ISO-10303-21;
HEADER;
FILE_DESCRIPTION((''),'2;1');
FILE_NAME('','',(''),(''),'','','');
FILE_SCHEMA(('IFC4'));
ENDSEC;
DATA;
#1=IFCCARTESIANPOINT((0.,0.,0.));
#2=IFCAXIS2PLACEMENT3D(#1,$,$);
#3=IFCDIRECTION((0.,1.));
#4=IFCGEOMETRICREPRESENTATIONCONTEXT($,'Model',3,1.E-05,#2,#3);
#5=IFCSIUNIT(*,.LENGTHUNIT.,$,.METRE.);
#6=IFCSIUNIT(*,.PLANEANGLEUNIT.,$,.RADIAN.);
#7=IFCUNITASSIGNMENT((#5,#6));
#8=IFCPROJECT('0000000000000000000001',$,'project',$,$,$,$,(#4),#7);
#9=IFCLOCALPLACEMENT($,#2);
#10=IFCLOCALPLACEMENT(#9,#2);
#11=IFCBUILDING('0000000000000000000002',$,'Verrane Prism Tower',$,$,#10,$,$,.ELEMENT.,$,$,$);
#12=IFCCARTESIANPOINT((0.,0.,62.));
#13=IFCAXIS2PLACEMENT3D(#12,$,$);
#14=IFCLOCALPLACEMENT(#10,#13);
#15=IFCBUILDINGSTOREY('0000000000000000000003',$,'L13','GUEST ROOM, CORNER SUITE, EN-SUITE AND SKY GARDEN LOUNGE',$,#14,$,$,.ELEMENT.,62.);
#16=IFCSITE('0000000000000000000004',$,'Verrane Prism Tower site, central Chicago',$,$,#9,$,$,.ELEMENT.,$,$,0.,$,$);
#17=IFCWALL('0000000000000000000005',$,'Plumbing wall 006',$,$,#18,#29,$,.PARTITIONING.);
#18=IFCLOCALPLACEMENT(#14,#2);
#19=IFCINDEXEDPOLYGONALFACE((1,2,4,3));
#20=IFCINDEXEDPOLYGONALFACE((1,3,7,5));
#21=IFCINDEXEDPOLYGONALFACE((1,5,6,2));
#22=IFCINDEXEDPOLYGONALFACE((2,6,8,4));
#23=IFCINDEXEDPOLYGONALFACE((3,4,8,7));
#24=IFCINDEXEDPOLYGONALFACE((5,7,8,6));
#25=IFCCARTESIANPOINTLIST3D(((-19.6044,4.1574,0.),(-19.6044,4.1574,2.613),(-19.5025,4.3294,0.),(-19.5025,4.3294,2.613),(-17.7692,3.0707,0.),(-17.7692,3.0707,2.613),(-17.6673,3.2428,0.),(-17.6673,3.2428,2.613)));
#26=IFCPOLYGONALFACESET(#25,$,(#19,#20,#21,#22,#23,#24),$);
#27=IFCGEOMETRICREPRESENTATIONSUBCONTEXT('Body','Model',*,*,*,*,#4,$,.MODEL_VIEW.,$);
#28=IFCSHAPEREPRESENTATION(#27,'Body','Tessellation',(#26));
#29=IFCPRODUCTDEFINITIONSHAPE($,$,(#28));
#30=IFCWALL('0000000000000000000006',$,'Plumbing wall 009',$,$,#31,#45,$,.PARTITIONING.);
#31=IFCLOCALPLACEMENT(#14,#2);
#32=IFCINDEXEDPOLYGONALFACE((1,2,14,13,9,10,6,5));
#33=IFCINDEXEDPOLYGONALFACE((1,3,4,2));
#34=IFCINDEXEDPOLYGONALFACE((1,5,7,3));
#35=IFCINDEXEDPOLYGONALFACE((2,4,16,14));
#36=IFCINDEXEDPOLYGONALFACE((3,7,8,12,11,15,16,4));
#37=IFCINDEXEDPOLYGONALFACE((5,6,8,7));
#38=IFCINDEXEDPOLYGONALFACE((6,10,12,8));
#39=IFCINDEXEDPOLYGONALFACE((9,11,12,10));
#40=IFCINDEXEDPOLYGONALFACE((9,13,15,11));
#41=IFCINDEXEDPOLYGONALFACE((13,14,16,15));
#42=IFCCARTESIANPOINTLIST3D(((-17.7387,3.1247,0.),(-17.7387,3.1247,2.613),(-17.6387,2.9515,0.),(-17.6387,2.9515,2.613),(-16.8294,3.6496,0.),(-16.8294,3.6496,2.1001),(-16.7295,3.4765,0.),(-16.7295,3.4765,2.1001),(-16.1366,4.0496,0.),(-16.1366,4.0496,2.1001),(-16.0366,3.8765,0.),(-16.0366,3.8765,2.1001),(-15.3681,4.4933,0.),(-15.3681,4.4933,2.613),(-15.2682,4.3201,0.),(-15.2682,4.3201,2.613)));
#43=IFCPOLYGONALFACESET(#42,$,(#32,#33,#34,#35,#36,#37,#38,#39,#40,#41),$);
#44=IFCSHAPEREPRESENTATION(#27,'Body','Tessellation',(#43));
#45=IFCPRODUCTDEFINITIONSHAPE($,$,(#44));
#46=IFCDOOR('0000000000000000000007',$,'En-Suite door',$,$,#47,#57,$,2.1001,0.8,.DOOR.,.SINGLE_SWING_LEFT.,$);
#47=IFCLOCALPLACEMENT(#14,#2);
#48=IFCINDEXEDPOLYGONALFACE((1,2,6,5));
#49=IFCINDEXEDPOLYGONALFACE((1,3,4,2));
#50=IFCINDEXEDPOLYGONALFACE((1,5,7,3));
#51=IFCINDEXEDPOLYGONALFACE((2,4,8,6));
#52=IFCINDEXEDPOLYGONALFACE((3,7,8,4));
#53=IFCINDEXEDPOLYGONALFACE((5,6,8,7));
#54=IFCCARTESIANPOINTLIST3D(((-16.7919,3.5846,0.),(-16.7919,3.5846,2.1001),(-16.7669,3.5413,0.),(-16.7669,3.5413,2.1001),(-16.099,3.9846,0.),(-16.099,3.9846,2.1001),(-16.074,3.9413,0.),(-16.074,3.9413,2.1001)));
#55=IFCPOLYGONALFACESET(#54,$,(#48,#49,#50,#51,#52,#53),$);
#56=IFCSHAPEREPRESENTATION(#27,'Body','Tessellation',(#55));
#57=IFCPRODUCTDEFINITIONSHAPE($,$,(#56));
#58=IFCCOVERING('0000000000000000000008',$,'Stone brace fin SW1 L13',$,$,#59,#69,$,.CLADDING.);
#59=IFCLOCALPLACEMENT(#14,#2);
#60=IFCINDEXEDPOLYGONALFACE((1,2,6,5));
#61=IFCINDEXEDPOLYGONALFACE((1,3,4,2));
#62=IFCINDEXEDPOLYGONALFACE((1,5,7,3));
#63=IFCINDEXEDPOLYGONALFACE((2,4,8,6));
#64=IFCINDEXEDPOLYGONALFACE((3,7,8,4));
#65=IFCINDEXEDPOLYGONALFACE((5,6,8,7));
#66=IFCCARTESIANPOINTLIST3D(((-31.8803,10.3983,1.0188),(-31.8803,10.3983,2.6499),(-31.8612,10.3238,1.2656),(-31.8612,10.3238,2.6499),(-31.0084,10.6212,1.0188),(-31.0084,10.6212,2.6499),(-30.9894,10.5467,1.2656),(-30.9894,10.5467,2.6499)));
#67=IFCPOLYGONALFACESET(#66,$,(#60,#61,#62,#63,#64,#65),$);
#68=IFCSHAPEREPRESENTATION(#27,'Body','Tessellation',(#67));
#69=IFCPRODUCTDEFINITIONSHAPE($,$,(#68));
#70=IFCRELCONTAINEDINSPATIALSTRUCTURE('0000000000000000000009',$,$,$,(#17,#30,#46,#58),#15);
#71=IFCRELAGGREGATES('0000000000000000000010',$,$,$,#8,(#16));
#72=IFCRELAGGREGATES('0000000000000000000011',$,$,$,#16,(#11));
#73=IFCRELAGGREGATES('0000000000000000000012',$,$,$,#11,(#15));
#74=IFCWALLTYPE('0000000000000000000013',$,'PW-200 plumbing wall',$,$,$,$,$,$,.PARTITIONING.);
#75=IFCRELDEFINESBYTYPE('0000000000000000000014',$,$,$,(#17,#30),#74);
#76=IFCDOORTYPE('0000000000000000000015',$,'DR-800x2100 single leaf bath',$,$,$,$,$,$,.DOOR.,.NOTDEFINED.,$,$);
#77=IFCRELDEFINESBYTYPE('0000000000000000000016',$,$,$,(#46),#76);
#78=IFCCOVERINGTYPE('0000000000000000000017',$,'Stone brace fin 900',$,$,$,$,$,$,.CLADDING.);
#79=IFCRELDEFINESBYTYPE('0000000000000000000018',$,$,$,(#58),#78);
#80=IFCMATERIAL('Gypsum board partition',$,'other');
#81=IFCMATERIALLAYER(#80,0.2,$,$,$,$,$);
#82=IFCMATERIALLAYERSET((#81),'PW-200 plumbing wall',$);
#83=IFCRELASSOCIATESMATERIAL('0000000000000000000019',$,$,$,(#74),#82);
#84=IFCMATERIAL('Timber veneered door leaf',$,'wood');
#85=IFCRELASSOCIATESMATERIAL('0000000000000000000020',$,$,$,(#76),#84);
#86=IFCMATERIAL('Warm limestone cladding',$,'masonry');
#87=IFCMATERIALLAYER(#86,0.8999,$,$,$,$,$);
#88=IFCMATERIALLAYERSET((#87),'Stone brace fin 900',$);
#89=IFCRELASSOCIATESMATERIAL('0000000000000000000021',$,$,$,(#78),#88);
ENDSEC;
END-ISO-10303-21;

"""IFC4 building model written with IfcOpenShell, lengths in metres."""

from ifc_helpers import new_model, si_unit, direction, frame, frame_2d, origin, place, context, subcontext, project, spatial, polyline, rectangle, outline, extrude, material, layer, layer_set, type_object, element, fill, save


model = new_model("IFC4")

# Units and contexts
model_context = context("Model", 3, precision=1e-05, world=origin(), true_north=direction((0.0, 1.0)))
body_context = subcontext(model_context, "Body", "Model", "MODEL_VIEW")
ifc_project = project(units=[si_unit("LENGTHUNIT", "METRE"), si_unit("PLANEANGLEUNIT", "RADIAN")], contexts=[model_context])

# Site, building, storey
site_placement = place(None, origin())
site = spatial("IfcSite", under=ifc_project, at=site_placement, Name="Verrane Prism Tower site, central Chicago", CompositionType="ELEMENT", RefElevation=0.0)
building_placement = place(site_placement, origin())
building = spatial("IfcBuilding", under=site, at=building_placement, Name="Verrane Prism Tower", CompositionType="ELEMENT")
storey_placement = place(building_placement, frame((0.0, 0.0, 62.0)))
storey = spatial("IfcBuildingStorey", under=building, at=storey_placement, Name="L13", Description="GUEST ROOM, CORNER SUITE, EN-SUITE AND SKY GARDEN LOUNGE", CompositionType="ELEMENT", Elevation=62.0)

# Wall
ifc_material_1 = material(Name="Gypsum board partition", Category="other")
ifc_layer_1 = layer(ifc_material_1, 0.2)
ifc_layer_set_1 = layer_set([ifc_layer_1], Name="PW-200 plumbing wall")
wall_type_1 = type_object("IfcWallType", Name="PW-200 plumbing wall", PredefinedType="PARTITIONING", material=ifc_layer_set_1)
wall_1_placement = place(storey_placement, frame((-19.5535, 4.2434, 0.0), z_axis=(0.0, 0.0, 1.0), x_axis=(0.860468, -0.509504, 0.0)))
element("IfcWall", 1, at=wall_1_placement, inside=storey, type_object=wall_type_1, Name="Plumbing wall 006", PredefinedType="PARTITIONING", context=body_context, shape_type="SweptSolid", body=[
    extrude(rectangle(XDim=2.1328, YDim=0.2, at=frame_2d((1.0664, 0.0))), origin(), (0.0, 0.0, 1.0), 2.613),
])

# Wall, opening, door
wall_2_placement = place(storey_placement, frame((-17.6887, 3.0381, 0.0), z_axis=(0.0, 0.0, 1.0), x_axis=(0.866028, 0.499995, 0.0)))
wall_2 = element("IfcWall", 2, at=wall_2_placement, inside=storey, type_object=wall_type_1, Name="Plumbing wall 009", PredefinedType="PARTITIONING", context=body_context, shape_type="SweptSolid", body=[
    extrude(rectangle(XDim=2.7373, YDim=0.2, at=frame_2d((1.3687, 0.0))), origin(), (0.0, 0.0, 1.0), 2.613),
])
opening_1_placement = place(wall_2_placement, frame((1.05, 0.0, 0.0)))
opening_1 = element("IfcOpeningElement", 3, at=opening_1_placement, cuts=wall_2, PredefinedType="OPENING", context=body_context, shape_type="SweptSolid", body=[
    extrude(rectangle(XDim=0.8, YDim=2.1001, at=frame_2d((0.3999, 1.05))), frame((0.0, 0.1099, 0.0), z_axis=(0.0, -1.0, 0.0), x_axis=(1.0, 0.0, 0.0)), (0.0, 0.0, 1.0), 0.22),
])
ifc_material_2 = material(Name="Timber veneered door leaf", Category="wood")
door_type_1 = type_object("IfcDoorType", Name="DR-800x2100 single leaf bath", OperationType="NOTDEFINED", PredefinedType="DOOR", material=ifc_material_2)
door_1_placement = place(opening_1_placement, origin())
door_1 = element("IfcDoor", 4, at=door_1_placement, inside=storey, type_object=door_type_1, Name="En-Suite door", OperationType="SINGLE_SWING_LEFT", OverallHeight=2.1001, OverallWidth=0.8, PredefinedType="DOOR", context=body_context, shape_type="SweptSolid", body=[
    extrude(rectangle(XDim=0.8, YDim=2.1001, at=frame_2d((0.3999, 1.05))), frame((0.0, 0.0249, 0.0), z_axis=(0.0, -1.0, 0.0), x_axis=(1.0, 0.0, 0.0)), (0.0, 0.0, 1.0), 0.05),
])
fill(opening_1, door_1)

# Covering
ifc_material_3 = material(Name="Warm limestone cladding", Category="masonry")
ifc_layer_2 = layer(ifc_material_3, 0.8999)
ifc_layer_set_2 = layer_set([ifc_layer_2], Name="Stone brace fin 900")
covering_type = type_object("IfcCoveringType", Name="Stone brace fin 900", PredefinedType="CLADDING", material=ifc_layer_set_2)
covering_placement = place(storey_placement, frame((-31.4443, 10.5098, 1.0188), z_axis=(0.0, 0.0, 1.0), x_axis=(0.247764, -0.96882, 0.0)))
element("IfcCovering", 5, at=covering_placement, inside=storey, type_object=covering_type, Name="Stone brace fin SW1 L13", PredefinedType="CLADDING", context=body_context, shape_type="SweptSolid", body=[
    extrude(outline(polyline([(0.0769, 1.6311), (0.0, 1.6311), (0.0, 0.0), (0.0769, 0.2468), (0.0769, 1.6311)])), frame((0.0, 0.45, 0.0), z_axis=(0.0, -1.0, 0.0), x_axis=(1.0, 0.0, 0.0)), (0.0, 0.0, 1.0), 0.8999),
])

save(model, "model.ifc")
